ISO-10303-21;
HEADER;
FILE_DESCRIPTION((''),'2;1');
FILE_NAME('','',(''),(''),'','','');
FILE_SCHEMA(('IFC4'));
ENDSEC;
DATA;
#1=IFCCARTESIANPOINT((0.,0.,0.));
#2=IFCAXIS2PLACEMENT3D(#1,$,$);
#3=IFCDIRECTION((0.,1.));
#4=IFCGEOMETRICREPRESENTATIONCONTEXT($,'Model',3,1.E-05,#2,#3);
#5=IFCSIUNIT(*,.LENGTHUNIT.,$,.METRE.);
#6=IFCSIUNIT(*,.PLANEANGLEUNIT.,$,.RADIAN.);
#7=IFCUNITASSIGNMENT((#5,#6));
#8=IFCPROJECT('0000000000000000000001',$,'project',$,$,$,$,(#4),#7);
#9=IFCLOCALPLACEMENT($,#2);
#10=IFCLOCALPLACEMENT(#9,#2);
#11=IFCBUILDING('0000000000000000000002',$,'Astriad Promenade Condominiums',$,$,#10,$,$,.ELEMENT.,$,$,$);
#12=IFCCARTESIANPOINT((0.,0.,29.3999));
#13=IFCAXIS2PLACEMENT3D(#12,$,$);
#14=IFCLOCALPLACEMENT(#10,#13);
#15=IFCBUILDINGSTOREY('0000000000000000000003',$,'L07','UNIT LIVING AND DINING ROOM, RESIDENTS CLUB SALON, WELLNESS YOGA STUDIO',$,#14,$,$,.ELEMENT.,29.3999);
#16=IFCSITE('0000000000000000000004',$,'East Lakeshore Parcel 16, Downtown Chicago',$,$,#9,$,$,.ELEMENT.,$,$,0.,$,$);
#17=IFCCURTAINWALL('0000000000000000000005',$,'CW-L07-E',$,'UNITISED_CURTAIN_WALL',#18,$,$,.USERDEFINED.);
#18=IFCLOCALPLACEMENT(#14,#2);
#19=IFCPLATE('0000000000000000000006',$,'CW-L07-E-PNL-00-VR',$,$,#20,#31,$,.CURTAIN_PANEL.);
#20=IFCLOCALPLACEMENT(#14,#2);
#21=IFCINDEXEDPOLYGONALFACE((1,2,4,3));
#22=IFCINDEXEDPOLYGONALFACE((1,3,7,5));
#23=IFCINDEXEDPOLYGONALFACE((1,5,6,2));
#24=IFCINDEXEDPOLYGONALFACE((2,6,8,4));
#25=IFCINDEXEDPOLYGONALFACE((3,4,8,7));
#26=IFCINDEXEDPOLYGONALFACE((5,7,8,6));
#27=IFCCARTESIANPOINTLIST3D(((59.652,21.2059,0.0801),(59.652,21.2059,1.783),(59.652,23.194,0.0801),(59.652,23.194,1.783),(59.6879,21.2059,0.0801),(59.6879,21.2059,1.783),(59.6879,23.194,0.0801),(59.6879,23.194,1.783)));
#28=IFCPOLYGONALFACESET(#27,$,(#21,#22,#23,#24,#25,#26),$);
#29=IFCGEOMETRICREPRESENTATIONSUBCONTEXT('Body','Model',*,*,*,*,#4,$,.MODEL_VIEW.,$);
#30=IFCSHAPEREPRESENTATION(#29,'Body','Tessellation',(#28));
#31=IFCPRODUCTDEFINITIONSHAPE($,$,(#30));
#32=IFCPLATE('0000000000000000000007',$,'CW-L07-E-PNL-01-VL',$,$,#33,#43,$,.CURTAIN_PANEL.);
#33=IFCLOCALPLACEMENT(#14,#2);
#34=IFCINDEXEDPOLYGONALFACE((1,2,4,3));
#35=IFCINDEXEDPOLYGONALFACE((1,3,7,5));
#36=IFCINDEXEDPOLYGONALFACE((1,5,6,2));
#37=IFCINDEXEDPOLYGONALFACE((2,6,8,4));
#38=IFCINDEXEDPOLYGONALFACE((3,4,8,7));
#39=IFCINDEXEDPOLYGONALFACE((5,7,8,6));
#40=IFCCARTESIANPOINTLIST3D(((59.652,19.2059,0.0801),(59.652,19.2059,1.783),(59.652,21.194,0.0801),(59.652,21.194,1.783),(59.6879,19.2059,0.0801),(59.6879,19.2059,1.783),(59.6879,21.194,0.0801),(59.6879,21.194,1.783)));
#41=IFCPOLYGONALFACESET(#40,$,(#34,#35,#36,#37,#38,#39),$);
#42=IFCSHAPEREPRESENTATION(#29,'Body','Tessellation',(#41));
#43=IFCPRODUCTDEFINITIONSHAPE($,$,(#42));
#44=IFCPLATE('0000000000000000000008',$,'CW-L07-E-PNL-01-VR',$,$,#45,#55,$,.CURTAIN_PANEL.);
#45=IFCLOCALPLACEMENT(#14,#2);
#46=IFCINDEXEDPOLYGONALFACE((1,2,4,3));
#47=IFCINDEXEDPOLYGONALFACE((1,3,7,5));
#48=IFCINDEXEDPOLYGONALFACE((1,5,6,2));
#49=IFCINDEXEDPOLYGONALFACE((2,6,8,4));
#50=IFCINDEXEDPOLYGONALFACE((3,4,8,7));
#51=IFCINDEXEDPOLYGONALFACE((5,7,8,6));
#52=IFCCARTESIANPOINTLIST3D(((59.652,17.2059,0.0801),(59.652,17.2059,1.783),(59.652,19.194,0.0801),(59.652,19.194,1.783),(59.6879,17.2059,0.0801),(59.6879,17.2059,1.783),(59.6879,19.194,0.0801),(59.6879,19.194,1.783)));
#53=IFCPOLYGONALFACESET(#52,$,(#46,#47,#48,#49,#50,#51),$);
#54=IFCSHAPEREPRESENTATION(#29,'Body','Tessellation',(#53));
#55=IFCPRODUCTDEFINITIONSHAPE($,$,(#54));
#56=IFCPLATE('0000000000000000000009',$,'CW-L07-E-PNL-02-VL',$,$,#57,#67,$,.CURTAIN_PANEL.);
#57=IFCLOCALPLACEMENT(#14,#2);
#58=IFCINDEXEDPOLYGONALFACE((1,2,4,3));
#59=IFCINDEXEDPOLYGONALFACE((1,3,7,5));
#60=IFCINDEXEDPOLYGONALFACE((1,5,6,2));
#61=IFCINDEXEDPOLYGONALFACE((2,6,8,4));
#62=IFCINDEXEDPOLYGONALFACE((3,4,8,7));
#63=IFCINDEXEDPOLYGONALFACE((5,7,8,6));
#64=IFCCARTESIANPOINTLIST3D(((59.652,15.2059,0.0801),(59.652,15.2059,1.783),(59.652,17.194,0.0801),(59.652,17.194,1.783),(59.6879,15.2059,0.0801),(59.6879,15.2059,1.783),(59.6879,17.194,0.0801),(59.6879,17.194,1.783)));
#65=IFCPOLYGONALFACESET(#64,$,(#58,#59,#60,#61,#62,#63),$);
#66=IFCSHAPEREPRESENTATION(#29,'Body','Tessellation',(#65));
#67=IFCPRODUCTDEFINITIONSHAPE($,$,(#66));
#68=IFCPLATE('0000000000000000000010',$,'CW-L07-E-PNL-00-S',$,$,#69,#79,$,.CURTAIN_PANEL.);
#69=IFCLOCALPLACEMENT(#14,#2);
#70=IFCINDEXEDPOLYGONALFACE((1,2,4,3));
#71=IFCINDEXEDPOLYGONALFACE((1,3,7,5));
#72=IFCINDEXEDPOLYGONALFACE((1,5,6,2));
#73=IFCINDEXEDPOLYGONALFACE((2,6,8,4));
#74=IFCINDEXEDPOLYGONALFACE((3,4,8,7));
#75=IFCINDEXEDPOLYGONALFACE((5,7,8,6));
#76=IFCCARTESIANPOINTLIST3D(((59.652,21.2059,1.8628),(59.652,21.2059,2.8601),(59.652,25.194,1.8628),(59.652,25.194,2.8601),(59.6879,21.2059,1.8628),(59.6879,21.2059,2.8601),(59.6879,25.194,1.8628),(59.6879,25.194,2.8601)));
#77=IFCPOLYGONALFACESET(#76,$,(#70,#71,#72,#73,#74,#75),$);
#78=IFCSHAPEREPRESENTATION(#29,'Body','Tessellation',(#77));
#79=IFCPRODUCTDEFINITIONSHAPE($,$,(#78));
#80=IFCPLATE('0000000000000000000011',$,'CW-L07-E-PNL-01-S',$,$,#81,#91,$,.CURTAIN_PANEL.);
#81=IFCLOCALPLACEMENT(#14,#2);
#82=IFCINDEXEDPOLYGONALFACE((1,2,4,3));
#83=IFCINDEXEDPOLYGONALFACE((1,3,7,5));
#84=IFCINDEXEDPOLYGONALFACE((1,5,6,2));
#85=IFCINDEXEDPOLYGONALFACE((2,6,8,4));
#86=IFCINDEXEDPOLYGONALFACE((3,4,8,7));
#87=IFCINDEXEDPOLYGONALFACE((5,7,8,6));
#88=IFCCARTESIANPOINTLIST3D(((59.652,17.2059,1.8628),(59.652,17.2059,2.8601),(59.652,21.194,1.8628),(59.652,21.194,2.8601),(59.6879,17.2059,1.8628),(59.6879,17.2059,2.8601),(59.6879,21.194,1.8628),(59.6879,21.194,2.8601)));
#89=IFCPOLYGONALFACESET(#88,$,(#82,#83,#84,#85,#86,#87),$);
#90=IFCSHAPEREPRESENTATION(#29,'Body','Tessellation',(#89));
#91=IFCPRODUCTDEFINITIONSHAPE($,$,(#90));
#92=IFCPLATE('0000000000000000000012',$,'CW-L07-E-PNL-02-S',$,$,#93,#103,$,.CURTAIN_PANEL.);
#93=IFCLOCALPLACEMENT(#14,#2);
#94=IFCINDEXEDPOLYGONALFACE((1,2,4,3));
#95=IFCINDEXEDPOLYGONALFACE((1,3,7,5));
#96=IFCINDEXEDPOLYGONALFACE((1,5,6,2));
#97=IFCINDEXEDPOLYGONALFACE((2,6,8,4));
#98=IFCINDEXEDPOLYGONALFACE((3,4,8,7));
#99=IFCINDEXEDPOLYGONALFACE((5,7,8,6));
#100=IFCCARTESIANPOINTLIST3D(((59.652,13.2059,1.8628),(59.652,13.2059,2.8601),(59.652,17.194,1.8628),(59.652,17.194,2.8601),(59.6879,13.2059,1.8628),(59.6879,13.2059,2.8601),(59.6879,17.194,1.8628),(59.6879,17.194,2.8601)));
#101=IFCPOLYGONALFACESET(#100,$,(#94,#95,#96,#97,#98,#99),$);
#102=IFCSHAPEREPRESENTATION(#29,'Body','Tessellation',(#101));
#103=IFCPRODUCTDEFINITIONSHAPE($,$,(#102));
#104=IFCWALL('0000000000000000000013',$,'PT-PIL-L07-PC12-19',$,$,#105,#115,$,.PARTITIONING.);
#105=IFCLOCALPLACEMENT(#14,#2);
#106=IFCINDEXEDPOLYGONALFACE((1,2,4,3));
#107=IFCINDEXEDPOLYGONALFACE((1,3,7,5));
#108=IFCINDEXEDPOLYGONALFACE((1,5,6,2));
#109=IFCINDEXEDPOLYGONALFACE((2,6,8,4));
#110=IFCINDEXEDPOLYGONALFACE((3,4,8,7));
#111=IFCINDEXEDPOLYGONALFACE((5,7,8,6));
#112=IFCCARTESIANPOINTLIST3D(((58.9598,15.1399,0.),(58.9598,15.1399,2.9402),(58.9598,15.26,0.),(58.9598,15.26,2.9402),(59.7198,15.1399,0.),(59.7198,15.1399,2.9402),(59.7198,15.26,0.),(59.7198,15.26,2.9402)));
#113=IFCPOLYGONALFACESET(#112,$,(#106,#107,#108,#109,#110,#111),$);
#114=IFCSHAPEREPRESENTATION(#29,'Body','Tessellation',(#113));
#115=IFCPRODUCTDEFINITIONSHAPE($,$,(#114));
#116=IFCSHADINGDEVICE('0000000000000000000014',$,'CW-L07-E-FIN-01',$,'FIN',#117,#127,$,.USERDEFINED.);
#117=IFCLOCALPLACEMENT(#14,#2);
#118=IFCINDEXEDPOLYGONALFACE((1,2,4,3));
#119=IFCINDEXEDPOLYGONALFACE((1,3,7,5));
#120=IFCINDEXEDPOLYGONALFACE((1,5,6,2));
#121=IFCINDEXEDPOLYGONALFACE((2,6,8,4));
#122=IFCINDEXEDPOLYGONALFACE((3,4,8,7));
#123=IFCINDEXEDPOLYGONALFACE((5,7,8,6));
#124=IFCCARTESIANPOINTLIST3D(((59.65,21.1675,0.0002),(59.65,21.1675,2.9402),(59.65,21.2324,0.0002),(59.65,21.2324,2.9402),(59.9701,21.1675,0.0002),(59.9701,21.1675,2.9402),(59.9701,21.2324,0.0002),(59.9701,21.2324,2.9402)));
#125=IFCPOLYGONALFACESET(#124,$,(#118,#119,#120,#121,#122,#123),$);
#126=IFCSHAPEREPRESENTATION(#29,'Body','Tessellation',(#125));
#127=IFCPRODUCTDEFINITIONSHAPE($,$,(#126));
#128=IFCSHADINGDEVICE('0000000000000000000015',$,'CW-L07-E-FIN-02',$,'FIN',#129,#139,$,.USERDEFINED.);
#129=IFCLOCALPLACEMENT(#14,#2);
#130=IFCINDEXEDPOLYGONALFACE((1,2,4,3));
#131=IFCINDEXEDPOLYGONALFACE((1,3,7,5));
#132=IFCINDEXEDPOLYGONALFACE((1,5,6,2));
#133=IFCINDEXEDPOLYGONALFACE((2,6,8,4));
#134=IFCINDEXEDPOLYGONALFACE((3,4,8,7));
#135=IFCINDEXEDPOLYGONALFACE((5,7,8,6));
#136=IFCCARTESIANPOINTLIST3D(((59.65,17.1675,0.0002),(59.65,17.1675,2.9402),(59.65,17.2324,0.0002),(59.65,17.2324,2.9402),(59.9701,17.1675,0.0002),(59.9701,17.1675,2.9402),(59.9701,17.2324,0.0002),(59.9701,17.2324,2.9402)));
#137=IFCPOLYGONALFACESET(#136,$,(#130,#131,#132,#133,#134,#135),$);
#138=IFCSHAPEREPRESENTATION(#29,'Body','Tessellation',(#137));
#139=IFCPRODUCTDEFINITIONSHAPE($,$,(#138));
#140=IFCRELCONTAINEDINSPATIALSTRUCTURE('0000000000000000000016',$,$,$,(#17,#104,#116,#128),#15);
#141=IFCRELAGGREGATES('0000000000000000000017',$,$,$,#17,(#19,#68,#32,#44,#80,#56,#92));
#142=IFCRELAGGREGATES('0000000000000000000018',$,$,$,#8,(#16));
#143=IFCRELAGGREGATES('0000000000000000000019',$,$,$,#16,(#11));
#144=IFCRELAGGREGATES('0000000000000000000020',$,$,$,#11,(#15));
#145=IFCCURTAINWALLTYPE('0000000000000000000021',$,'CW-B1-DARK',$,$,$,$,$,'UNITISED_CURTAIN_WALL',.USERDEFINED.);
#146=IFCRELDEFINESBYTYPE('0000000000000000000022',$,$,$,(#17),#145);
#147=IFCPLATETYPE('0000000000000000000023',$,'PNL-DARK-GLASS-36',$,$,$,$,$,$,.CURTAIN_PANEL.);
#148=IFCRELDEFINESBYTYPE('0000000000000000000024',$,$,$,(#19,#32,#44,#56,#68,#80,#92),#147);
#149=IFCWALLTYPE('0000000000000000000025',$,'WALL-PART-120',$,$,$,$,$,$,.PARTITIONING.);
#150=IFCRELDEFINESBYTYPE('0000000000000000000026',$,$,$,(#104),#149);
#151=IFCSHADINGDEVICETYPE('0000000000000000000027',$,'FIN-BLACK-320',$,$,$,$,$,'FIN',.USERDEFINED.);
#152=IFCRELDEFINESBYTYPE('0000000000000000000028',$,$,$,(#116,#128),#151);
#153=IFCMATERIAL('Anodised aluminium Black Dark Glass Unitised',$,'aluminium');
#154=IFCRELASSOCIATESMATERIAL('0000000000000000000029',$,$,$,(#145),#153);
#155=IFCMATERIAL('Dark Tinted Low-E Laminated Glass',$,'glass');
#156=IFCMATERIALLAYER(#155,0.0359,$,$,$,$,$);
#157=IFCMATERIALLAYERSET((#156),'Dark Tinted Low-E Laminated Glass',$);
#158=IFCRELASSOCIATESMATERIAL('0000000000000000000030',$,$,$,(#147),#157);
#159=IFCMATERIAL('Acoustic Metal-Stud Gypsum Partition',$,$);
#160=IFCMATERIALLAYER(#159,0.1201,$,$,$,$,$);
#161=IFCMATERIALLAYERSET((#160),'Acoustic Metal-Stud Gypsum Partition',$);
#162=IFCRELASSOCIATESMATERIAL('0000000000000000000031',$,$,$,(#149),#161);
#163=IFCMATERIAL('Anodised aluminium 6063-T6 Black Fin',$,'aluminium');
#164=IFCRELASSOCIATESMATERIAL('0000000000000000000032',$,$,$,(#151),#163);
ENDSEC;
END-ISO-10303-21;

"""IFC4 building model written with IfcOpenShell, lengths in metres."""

from ifc_helpers import new_model, si_unit, direction, frame, frame_2d, origin, origin_2d, place, context, subcontext, project, spatial, rectangle, extrude, source, transform, mapped, material, layer, layer_set, type_object, type_shapes, element, aggregate, save


model = new_model("IFC4")

# Units and contexts
model_context = context("Model", 3, precision=1e-05, world=origin(), true_north=direction((0.0, 1.0)))
body_context = subcontext(model_context, "Body", "Model", "MODEL_VIEW")
ifc_project = project(units=[si_unit("LENGTHUNIT", "METRE"), si_unit("PLANEANGLEUNIT", "RADIAN")], contexts=[model_context])

# Site, building, storey
site_placement = place(None, origin())
site = spatial("IfcSite", under=ifc_project, at=site_placement, Name="East Lakeshore Parcel 16, Downtown Chicago", CompositionType="ELEMENT", RefElevation=0.0)
building_placement = place(site_placement, origin())
building = spatial("IfcBuilding", under=site, at=building_placement, Name="Astriad Promenade Condominiums", CompositionType="ELEMENT")
storey_placement = place(building_placement, frame((0.0, 0.0, 29.3999)))
storey = spatial("IfcBuildingStorey", under=building, at=storey_placement, Name="L07", Description="UNIT LIVING AND DINING ROOM, RESIDENTS CLUB SALON, WELLNESS YOGA STUDIO", CompositionType="ELEMENT", Elevation=29.3999)

# Curtain wall, plates
ifc_material_1 = material(Name="Anodised aluminium Black Dark Glass Unitised", Category="aluminium")
curtain_wall_type = type_object("IfcCurtainWallType", Name="CW-B1-DARK", ElementType="UNITISED_CURTAIN_WALL", PredefinedType="USERDEFINED", material=ifc_material_1)
curtain_wall_placement = place(storey_placement, origin())
curtain_wall = element("IfcCurtainWall", 1, at=curtain_wall_placement, inside=storey, type_object=curtain_wall_type, Name="CW-L07-E", ObjectType="UNITISED_CURTAIN_WALL", PredefinedType="USERDEFINED")
ifc_material_2 = material(Name="Dark Tinted Low-E Laminated Glass", Category="glass")
ifc_layer_1 = layer(ifc_material_2, 0.0359)
ifc_layer_set_1 = layer_set([ifc_layer_1], Name="Dark Tinted Low-E Laminated Glass")
plate_type = type_object("IfcPlateType", Name="PNL-DARK-GLASS-36", PredefinedType="CURTAIN_PANEL", material=ifc_layer_set_1)
shared_shape_1 = source(origin(), body_context, "Body", "SweptSolid", [
    extrude(rectangle(XDim=1.988, YDim=0.0359, at=origin_2d()), origin(), (0.0, 0.0, 1.0), 1.7029),
])
plate_1_placement = place(storey_placement, frame((59.6699, 22.2, 0.0801), z_axis=(0.0, 0.0, 1.0), x_axis=(0.0, -1.0, 0.0)))
plate_1 = element("IfcPlate", 2, at=plate_1_placement, type_object=plate_type, Name="CW-L07-E-PNL-00-VR", PredefinedType="CURTAIN_PANEL", context=body_context, shape_type="MappedRepresentation", body=[
    mapped(shared_shape_1, transform((0.0, 0.0, 0.0), scale=1.0)),
])
plate_2_placement = place(storey_placement, frame((59.6699, 20.2, 0.0801), z_axis=(0.0, 0.0, 1.0), x_axis=(0.0, -1.0, 0.0)))
plate_2 = element("IfcPlate", 3, at=plate_2_placement, type_object=plate_type, Name="CW-L07-E-PNL-01-VL", PredefinedType="CURTAIN_PANEL", context=body_context, shape_type="MappedRepresentation", body=[
    mapped(shared_shape_1, transform((0.0, 0.0, 0.0), scale=1.0)),
])
plate_3_placement = place(storey_placement, frame((59.6699, 18.2, 0.0801), z_axis=(0.0, 0.0, 1.0), x_axis=(0.0, -1.0, 0.0)))
plate_3 = element("IfcPlate", 4, at=plate_3_placement, type_object=plate_type, Name="CW-L07-E-PNL-01-VR", PredefinedType="CURTAIN_PANEL", context=body_context, shape_type="MappedRepresentation", body=[
    mapped(shared_shape_1, transform((0.0, 0.0, 0.0), scale=1.0)),
])
plate_4_placement = place(storey_placement, frame((59.6699, 16.2, 0.0801), z_axis=(0.0, 0.0, 1.0), x_axis=(0.0, -1.0, 0.0)))
plate_4 = element("IfcPlate", 5, at=plate_4_placement, type_object=plate_type, Name="CW-L07-E-PNL-02-VL", PredefinedType="CURTAIN_PANEL", context=body_context, shape_type="MappedRepresentation", body=[
    mapped(shared_shape_1, transform((0.0, 0.0, 0.0), scale=1.0)),
])
shared_shape_2 = source(origin(), body_context, "Body", "SweptSolid", [
    extrude(rectangle(XDim=3.988, YDim=0.0359, at=origin_2d()), origin(), (0.0, 0.0, 1.0), 0.9973),
])
type_shapes(plate_type, [shared_shape_1, shared_shape_2])
plate_5_placement = place(storey_placement, frame((59.6699, 23.2, 1.8628), z_axis=(0.0, 0.0, 1.0), x_axis=(0.0, -1.0, 0.0)))
plate_5 = element("IfcPlate", 6, at=plate_5_placement, type_object=plate_type, Name="CW-L07-E-PNL-00-S", PredefinedType="CURTAIN_PANEL", context=body_context, shape_type="MappedRepresentation", body=[
    mapped(shared_shape_2, transform((0.0, 0.0, 0.0), scale=1.0)),
])
plate_6_placement = place(storey_placement, frame((59.6699, 19.2, 1.8628), z_axis=(0.0, 0.0, 1.0), x_axis=(0.0, -1.0, 0.0)))
plate_6 = element("IfcPlate", 7, at=plate_6_placement, type_object=plate_type, Name="CW-L07-E-PNL-01-S", PredefinedType="CURTAIN_PANEL", context=body_context, shape_type="MappedRepresentation", body=[
    mapped(shared_shape_2, transform((0.0, 0.0, 0.0), scale=1.0)),
])
plate_7_placement = place(storey_placement, frame((59.6699, 15.2, 1.8628), z_axis=(0.0, 0.0, 1.0), x_axis=(0.0, -1.0, 0.0)))
plate_7 = element("IfcPlate", 8, at=plate_7_placement, type_object=plate_type, Name="CW-L07-E-PNL-02-S", PredefinedType="CURTAIN_PANEL", context=body_context, shape_type="MappedRepresentation", body=[
    mapped(shared_shape_2, transform((0.0, 0.0, 0.0), scale=1.0)),
])
aggregate(curtain_wall, [plate_1, plate_5, plate_2, plate_3, plate_6, plate_4, plate_7])

# Wall
ifc_material_3 = material(Name="Acoustic Metal-Stud Gypsum Partition")
ifc_layer_2 = layer(ifc_material_3, 0.1201)
ifc_layer_set_2 = layer_set([ifc_layer_2], Name="Acoustic Metal-Stud Gypsum Partition")
wall_type = type_object("IfcWallType", Name="WALL-PART-120", PredefinedType="PARTITIONING", material=ifc_layer_set_2)
wall_placement = place(storey_placement, frame((58.96, 15.2, 0.0), z_axis=(0.0, 0.0, 1.0), x_axis=(1.0, 0.0, 0.0)))
element("IfcWall", 9, at=wall_placement, inside=storey, type_object=wall_type, Name="PT-PIL-L07-PC12-19", PredefinedType="PARTITIONING", context=body_context, shape_type="SweptSolid", body=[
    extrude(rectangle(XDim=0.76, YDim=0.1201, at=frame_2d((0.3799, 0.0))), origin(), (0.0, 0.0, 1.0), 2.9402),
])

# Shading devices
ifc_material_4 = material(Name="Anodised aluminium 6063-T6 Black Fin", Category="aluminium")
shading_device_type = type_object("IfcShadingDeviceType", Name="FIN-BLACK-320", ElementType="FIN", PredefinedType="USERDEFINED", material=ifc_material_4)
shared_shape_3 = source(origin(), body_context, "Body", "SweptSolid", [
    extrude(rectangle(XDim=0.0649, YDim=0.3201, at=origin_2d()), origin(), (0.0, 0.0, 1.0), 2.9399),
])
type_shapes(shading_device_type, [shared_shape_3])
for number, where, z_axis, x_axis, name in (
    (10, (59.8101, 21.2, 0.0002), (0.0, 0.0, 1.0), (0.0, -1.0, 0.0), "CW-L07-E-FIN-01"),
    (11, (59.8101, 17.2, 0.0002), (0.0, 0.0, 1.0), (0.0, -1.0, 0.0), "CW-L07-E-FIN-02"),
):
    element("IfcShadingDevice", number, at=place(storey_placement, frame(where, z_axis=z_axis, x_axis=x_axis)), inside=storey, type_object=shading_device_type, Name=name, ObjectType="FIN", PredefinedType="USERDEFINED", context=body_context, shape_type="MappedRepresentation", body=[
        mapped(shared_shape_3, transform((0.0, 0.0, 0.0), scale=1.0)),
    ])

save(model, "model.ifc")
